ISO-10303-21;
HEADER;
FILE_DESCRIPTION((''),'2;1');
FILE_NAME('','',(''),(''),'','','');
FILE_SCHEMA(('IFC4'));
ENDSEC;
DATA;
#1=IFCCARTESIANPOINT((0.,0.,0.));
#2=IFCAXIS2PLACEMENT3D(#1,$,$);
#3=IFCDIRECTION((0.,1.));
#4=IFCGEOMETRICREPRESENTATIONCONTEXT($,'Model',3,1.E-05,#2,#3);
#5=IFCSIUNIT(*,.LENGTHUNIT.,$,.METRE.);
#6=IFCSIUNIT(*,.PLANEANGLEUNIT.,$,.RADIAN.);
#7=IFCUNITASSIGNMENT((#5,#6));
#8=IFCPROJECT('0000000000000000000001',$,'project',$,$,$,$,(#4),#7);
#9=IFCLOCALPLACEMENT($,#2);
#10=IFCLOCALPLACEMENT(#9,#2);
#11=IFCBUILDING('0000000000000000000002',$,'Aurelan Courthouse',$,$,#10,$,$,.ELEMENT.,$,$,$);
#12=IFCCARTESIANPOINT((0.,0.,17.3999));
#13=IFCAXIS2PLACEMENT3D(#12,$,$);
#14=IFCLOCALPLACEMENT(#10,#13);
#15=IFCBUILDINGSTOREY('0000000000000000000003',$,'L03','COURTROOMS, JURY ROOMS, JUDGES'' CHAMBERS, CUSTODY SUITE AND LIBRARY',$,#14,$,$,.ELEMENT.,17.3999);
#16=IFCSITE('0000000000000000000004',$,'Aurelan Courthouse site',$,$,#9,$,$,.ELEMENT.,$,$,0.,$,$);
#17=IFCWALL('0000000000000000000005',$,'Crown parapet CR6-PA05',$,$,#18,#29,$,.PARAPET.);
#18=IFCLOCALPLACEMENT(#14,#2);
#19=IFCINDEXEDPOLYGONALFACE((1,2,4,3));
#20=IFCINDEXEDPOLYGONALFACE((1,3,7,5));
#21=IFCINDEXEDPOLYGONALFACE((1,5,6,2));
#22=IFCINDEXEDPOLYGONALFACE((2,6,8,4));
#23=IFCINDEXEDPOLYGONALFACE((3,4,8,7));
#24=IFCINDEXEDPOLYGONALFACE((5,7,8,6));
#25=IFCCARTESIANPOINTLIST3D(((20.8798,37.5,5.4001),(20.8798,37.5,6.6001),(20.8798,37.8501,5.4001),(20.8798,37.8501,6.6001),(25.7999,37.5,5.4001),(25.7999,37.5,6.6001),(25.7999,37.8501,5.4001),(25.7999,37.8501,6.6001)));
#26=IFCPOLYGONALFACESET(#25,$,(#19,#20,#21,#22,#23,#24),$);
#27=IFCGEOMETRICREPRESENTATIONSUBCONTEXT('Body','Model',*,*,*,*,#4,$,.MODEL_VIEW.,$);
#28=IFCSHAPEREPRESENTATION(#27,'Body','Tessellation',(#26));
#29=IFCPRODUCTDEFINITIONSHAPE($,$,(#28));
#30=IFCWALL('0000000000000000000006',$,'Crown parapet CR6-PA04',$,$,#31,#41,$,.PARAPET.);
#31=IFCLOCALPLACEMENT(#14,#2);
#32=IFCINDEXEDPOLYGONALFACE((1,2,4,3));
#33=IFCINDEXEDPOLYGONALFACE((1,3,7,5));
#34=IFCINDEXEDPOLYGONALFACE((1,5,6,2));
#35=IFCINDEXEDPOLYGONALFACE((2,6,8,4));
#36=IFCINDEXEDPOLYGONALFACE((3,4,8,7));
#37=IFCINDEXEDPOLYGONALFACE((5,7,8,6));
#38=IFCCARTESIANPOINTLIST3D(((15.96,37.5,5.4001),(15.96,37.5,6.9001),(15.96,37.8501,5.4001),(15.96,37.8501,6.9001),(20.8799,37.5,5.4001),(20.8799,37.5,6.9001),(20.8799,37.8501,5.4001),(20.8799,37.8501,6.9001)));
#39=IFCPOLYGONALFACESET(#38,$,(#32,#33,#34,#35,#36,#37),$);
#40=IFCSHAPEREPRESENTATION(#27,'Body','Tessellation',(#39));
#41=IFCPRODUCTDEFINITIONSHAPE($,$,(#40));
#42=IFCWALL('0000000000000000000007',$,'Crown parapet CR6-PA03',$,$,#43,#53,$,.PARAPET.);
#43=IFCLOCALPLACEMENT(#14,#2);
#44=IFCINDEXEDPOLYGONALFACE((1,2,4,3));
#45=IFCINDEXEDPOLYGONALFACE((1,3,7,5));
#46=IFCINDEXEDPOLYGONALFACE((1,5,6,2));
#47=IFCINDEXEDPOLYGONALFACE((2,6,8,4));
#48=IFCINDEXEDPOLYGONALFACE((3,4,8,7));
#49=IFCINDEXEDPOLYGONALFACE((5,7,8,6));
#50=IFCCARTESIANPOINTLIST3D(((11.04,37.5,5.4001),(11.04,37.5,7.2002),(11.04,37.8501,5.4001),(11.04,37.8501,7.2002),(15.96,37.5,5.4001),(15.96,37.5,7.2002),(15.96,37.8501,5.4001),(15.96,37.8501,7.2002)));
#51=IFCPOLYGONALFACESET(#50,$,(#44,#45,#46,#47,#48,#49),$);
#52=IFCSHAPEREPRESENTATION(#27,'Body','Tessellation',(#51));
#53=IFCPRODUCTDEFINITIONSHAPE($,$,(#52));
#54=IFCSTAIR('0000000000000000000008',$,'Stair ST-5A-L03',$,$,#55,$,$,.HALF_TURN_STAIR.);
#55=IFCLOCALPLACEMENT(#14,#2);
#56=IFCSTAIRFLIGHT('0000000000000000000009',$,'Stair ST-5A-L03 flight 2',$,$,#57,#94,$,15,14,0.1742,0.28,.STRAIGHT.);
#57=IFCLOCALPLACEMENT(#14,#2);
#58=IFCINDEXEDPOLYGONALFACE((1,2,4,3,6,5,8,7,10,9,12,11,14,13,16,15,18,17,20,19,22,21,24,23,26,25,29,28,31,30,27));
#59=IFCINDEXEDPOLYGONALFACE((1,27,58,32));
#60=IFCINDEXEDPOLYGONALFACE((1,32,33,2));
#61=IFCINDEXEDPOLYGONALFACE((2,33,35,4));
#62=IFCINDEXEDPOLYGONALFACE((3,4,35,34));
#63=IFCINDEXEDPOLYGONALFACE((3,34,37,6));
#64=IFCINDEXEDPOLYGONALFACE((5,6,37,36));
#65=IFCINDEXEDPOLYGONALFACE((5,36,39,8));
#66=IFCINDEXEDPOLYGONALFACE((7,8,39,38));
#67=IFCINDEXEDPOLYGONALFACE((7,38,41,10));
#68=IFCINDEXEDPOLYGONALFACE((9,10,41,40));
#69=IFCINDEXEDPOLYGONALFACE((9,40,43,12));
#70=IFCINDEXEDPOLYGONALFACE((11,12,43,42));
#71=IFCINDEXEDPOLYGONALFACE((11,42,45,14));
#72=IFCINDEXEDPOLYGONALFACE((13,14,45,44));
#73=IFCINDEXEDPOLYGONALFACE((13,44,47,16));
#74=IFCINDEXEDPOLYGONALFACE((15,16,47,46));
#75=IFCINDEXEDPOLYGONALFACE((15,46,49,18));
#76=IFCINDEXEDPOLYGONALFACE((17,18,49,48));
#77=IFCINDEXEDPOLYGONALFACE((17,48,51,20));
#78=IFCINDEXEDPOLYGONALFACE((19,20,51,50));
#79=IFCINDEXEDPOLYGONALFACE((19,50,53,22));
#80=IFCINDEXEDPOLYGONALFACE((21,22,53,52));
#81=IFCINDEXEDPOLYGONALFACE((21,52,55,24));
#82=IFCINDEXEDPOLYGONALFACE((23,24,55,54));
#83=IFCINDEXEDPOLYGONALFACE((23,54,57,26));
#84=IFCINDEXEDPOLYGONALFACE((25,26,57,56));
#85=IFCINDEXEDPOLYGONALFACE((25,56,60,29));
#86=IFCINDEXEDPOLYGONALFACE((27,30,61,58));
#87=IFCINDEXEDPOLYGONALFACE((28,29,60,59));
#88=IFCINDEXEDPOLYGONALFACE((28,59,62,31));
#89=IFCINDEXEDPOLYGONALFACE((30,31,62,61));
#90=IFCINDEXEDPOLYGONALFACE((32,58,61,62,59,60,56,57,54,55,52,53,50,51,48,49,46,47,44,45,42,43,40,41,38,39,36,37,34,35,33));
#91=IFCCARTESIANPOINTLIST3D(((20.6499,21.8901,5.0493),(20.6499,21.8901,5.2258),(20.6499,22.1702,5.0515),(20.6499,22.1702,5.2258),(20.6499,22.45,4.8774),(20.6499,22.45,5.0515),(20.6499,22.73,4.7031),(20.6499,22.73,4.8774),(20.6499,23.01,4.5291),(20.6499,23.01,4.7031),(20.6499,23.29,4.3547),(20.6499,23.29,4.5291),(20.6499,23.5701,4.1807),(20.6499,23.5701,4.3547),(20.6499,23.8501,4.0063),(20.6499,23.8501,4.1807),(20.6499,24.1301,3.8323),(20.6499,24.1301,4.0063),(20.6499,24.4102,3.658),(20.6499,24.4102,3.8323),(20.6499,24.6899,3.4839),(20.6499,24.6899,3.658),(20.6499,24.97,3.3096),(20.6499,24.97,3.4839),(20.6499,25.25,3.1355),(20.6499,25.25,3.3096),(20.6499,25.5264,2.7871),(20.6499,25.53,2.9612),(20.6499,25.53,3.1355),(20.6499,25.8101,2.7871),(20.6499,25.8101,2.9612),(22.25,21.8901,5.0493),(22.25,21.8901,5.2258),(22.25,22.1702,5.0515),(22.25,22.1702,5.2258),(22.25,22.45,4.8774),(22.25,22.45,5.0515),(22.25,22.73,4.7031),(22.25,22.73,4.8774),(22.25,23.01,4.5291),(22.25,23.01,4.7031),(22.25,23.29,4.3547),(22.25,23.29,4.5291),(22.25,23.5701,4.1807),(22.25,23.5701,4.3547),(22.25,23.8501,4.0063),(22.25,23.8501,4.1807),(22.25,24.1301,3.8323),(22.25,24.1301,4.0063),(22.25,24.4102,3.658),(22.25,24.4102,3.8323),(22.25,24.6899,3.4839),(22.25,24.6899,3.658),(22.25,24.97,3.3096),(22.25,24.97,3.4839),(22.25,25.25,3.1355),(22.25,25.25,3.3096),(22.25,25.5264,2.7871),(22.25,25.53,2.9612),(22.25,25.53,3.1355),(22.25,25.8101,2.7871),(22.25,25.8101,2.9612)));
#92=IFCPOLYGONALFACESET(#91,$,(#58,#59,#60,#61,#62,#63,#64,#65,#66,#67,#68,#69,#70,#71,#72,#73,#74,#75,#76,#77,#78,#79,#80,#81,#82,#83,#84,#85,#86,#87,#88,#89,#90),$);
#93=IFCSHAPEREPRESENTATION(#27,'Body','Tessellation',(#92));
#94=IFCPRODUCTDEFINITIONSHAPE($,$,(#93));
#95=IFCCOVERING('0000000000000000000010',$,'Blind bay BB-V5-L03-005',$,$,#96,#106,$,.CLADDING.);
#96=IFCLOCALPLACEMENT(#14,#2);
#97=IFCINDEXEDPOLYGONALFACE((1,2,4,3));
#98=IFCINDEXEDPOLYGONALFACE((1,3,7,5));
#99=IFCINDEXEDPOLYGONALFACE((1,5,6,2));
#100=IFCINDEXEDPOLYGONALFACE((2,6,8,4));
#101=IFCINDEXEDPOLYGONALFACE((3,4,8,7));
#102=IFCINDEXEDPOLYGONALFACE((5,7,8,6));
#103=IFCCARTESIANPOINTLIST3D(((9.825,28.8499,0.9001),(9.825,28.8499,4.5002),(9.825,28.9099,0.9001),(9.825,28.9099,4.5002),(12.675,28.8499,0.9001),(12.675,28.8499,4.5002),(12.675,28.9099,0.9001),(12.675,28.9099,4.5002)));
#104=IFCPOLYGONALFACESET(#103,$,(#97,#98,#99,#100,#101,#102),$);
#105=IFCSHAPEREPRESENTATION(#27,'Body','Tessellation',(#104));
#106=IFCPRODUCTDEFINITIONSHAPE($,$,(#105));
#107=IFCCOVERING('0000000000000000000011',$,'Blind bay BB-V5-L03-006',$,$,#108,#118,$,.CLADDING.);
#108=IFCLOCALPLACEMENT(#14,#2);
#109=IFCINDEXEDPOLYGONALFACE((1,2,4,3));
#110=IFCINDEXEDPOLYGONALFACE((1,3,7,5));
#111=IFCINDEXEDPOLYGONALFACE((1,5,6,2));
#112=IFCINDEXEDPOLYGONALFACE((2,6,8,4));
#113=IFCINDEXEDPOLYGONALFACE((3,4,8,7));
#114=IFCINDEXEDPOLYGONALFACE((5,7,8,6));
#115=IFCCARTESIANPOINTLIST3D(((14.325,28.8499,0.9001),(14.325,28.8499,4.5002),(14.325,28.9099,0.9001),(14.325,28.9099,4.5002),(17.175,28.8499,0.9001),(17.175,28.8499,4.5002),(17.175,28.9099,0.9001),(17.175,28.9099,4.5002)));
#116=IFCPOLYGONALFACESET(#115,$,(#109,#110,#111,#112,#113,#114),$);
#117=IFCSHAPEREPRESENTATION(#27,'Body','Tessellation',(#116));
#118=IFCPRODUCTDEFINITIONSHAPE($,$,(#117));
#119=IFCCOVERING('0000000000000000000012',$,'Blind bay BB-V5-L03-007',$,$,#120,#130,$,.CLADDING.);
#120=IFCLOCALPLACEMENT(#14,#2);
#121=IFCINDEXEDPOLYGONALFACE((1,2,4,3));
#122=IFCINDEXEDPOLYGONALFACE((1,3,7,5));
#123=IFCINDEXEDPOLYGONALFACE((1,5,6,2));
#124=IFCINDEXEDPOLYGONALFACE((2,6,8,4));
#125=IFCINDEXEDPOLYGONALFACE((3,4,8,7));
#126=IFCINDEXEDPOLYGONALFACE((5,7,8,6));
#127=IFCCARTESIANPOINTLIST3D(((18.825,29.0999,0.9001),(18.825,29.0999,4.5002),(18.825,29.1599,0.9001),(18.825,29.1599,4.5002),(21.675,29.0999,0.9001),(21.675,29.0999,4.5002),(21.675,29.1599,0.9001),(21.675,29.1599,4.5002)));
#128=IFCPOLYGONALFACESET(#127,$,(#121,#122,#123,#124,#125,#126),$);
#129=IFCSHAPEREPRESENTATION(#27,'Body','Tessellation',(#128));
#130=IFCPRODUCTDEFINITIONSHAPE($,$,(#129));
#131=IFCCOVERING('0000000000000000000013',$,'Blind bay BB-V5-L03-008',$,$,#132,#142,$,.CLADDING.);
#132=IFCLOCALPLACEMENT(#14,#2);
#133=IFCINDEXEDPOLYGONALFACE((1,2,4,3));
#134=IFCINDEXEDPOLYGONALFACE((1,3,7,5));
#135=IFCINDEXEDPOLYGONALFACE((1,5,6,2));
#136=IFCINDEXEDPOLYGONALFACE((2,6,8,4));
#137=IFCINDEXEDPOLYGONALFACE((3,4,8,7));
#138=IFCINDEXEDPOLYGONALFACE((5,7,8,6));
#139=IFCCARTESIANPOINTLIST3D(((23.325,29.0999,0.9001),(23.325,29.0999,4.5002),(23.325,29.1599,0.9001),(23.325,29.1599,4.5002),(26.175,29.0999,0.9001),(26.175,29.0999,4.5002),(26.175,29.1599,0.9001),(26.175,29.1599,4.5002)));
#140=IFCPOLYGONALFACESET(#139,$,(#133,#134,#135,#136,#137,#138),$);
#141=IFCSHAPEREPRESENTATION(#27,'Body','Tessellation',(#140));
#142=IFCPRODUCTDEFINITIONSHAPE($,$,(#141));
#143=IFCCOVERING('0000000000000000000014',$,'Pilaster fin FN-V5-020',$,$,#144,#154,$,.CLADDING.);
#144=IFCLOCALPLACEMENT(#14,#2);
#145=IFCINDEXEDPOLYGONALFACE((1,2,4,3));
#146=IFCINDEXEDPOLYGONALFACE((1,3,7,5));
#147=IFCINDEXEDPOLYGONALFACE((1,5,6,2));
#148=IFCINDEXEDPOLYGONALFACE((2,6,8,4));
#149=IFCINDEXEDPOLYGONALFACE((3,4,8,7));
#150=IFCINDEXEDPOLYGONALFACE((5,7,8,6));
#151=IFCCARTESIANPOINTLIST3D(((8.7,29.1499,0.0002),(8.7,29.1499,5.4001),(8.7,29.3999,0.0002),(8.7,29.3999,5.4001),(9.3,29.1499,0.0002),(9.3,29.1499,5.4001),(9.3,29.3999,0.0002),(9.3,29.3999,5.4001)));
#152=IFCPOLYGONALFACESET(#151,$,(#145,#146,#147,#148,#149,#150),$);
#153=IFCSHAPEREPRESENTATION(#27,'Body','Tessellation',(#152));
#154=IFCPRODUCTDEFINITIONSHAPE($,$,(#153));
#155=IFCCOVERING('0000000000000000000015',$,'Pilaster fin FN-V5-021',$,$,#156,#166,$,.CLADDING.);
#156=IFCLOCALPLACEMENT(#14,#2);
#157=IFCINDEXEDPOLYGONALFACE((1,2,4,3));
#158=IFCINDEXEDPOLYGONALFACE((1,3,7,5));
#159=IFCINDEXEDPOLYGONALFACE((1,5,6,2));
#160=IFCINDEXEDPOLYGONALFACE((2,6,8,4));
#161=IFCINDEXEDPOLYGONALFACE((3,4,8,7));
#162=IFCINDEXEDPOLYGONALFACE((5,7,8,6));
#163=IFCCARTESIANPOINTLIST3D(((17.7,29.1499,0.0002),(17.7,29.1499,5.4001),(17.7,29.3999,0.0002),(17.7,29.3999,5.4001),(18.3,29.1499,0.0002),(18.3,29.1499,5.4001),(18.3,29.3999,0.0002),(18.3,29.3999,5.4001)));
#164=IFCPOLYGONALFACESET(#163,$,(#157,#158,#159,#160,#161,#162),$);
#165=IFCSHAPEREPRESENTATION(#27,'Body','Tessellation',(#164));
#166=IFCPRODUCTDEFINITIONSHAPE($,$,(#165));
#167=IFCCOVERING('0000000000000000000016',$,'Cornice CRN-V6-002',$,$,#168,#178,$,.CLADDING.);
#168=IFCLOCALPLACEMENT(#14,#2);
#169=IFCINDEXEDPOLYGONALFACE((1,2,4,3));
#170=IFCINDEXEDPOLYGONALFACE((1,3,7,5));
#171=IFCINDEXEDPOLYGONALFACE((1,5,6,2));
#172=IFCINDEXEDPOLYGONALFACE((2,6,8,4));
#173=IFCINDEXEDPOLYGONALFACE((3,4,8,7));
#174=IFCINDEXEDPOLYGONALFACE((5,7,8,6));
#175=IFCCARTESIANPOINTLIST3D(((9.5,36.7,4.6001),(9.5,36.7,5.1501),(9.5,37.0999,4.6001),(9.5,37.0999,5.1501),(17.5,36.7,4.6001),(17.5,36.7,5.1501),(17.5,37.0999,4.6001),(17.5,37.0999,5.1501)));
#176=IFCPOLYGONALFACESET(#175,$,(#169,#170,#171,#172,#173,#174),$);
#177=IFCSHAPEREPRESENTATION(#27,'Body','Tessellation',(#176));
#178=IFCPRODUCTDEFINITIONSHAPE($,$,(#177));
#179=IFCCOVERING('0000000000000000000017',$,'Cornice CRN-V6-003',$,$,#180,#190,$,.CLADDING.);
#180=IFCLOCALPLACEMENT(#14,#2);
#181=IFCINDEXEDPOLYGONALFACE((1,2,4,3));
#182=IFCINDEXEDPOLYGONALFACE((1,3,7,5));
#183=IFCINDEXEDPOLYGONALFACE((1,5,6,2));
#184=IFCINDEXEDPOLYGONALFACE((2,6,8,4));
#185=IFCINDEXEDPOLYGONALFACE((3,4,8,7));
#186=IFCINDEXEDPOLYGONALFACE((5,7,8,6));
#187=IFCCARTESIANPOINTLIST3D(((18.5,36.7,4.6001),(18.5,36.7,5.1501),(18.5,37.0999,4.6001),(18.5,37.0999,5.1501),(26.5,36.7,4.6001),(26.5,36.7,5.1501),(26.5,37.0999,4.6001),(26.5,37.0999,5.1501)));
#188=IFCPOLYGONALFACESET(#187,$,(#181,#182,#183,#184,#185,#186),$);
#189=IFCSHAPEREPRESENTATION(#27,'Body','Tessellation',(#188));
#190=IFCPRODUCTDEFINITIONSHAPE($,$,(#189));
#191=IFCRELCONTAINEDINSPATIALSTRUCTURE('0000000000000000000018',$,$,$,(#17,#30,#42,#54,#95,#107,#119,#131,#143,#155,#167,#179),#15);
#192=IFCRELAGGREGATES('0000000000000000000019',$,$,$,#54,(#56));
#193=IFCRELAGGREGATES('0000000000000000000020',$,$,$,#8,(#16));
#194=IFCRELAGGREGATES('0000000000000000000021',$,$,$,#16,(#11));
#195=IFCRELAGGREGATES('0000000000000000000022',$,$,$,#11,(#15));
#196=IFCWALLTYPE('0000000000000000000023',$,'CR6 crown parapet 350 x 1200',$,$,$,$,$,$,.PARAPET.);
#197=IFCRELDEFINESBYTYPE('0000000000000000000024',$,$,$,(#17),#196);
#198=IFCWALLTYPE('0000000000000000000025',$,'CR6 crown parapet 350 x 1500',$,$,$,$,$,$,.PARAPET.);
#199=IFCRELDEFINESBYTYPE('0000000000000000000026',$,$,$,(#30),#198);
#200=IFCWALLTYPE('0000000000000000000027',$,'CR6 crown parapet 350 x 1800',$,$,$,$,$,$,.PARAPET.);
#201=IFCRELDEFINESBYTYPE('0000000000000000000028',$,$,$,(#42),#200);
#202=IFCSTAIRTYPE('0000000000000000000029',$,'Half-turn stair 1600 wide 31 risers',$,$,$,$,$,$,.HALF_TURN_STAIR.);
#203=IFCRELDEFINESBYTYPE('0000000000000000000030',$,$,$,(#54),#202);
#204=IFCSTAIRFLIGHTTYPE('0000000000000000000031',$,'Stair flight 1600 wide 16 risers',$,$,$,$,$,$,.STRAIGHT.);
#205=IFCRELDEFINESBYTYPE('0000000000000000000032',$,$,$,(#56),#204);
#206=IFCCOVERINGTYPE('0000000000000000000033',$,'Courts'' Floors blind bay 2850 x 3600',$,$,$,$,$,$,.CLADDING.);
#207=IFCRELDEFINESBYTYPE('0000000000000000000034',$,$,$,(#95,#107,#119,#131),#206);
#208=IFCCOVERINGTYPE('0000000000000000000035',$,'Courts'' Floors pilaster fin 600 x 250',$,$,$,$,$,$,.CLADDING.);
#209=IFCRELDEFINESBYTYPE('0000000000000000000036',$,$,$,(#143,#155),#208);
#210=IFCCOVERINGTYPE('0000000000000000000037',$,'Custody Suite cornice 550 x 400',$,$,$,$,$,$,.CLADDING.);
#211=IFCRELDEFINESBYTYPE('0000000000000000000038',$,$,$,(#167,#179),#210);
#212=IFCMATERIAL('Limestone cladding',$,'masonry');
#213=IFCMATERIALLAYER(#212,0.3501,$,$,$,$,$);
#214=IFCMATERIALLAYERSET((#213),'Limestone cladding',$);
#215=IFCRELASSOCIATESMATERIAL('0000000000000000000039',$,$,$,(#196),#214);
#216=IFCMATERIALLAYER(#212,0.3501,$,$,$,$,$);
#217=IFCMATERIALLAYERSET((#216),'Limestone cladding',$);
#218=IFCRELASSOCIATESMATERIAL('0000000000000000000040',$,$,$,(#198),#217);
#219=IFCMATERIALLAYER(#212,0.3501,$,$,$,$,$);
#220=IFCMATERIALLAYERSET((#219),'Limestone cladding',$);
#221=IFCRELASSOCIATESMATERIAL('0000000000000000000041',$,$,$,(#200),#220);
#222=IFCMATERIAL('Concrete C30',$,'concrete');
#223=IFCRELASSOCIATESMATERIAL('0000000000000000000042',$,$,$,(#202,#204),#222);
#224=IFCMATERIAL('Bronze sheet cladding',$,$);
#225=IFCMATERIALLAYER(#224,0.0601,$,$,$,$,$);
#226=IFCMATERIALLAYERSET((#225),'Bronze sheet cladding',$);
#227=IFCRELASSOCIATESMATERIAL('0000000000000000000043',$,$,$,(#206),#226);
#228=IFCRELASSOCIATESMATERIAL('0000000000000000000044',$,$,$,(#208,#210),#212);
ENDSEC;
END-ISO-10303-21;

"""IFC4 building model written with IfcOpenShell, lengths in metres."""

from ifc_helpers import new_model, si_unit, direction, frame, frame_2d, origin, origin_2d, place, context, subcontext, project, spatial, polyline, rectangle, outline, extrude, material, layer, layer_set, type_object, element, aggregate, save


model = new_model("IFC4")

# Units and contexts
model_context = context("Model", 3, precision=1e-05, world=origin(), true_north=direction((0.0, 1.0)))
body_context = subcontext(model_context, "Body", "Model", "MODEL_VIEW")
ifc_project = project(units=[si_unit("LENGTHUNIT", "METRE"), si_unit("PLANEANGLEUNIT", "RADIAN")], contexts=[model_context])

# Site, building, storey
site_placement = place(None, origin())
site = spatial("IfcSite", under=ifc_project, at=site_placement, Name="Aurelan Courthouse site", CompositionType="ELEMENT", RefElevation=0.0)
building_placement = place(site_placement, origin())
building = spatial("IfcBuilding", under=site, at=building_placement, Name="Aurelan Courthouse", CompositionType="ELEMENT")
storey_placement = place(building_placement, frame((0.0, 0.0, 17.3999)))
storey = spatial("IfcBuildingStorey", under=building, at=storey_placement, Name="L03", Description="COURTROOMS, JURY ROOMS, JUDGES' CHAMBERS, CUSTODY SUITE AND LIBRARY", CompositionType="ELEMENT", Elevation=17.3999)

# Walls
ifc_material_1 = material(Name="Limestone cladding", Category="masonry")
ifc_layer_1 = layer(ifc_material_1, 0.3501)
ifc_layer_set_1 = layer_set([ifc_layer_1], Name="Limestone cladding")
wall_type_1 = type_object("IfcWallType", Name="CR6 crown parapet 350 x 1200", PredefinedType="PARAPET", material=ifc_layer_set_1)
wall_1_placement = place(storey_placement, frame((20.8799, 37.675, 5.4001), z_axis=(0.0, 0.0, 1.0), x_axis=(1.0, 0.0, 0.0)))
element("IfcWall", 1, at=wall_1_placement, inside=storey, type_object=wall_type_1, Name="Crown parapet CR6-PA05", PredefinedType="PARAPET", context=body_context, shape_type="SweptSolid", body=[
    extrude(rectangle(XDim=4.9202, YDim=0.3501, at=frame_2d((2.46, 0.0))), origin(), (0.0, 0.0, 1.0), 1.2),
])
ifc_layer_2 = layer(ifc_material_1, 0.3501)
ifc_layer_set_2 = layer_set([ifc_layer_2], Name="Limestone cladding")
wall_type_2 = type_object("IfcWallType", Name="CR6 crown parapet 350 x 1500", PredefinedType="PARAPET", material=ifc_layer_set_2)
wall_2_placement = place(storey_placement, frame((15.96, 37.675, 5.4001), z_axis=(0.0, 0.0, 1.0), x_axis=(1.0, 0.0, 0.0)))
element("IfcWall", 2, at=wall_2_placement, inside=storey, type_object=wall_type_2, Name="Crown parapet CR6-PA04", PredefinedType="PARAPET", context=body_context, shape_type="SweptSolid", body=[
    extrude(rectangle(XDim=4.9199, YDim=0.3501, at=frame_2d((2.46, 0.0))), origin(), (0.0, 0.0, 1.0), 1.5),
])
ifc_layer_3 = layer(ifc_material_1, 0.3501)
ifc_layer_set_3 = layer_set([ifc_layer_3], Name="Limestone cladding")
wall_type_3 = type_object("IfcWallType", Name="CR6 crown parapet 350 x 1800", PredefinedType="PARAPET", material=ifc_layer_set_3)
wall_3_placement = place(storey_placement, frame((11.04, 37.675, 5.4001), z_axis=(0.0, 0.0, 1.0), x_axis=(1.0, 0.0, 0.0)))
element("IfcWall", 3, at=wall_3_placement, inside=storey, type_object=wall_type_3, Name="Crown parapet CR6-PA03", PredefinedType="PARAPET", context=body_context, shape_type="SweptSolid", body=[
    extrude(rectangle(XDim=4.9199, YDim=0.3501, at=frame_2d((2.46, 0.0))), origin(), (0.0, 0.0, 1.0), 1.8),
])

# Stair, stair flight
ifc_material_2 = material(Name="Concrete C30", Category="concrete")
stair_type = type_object("IfcStairType", Name="Half-turn stair 1600 wide 31 risers", PredefinedType="HALF_TURN_STAIR", material=ifc_material_2)
stair_placement = place(storey_placement, origin())
stair = element("IfcStair", 4, at=stair_placement, inside=storey, type_object=stair_type, Name="Stair ST-5A-L03", PredefinedType="HALF_TURN_STAIR")
stair_flight_type = type_object("IfcStairFlightType", Name="Stair flight 1600 wide 16 risers", PredefinedType="STRAIGHT", material=ifc_material_2)
stair_flight_placement = place(storey_placement, frame((21.45, 25.8101, 2.7871), z_axis=(0.0, 0.0, 1.0), x_axis=(0.0, -1.0, 0.0)))
stair_flight = element("IfcStairFlight", 5, at=stair_flight_placement, type_object=stair_flight_type, Name="Stair ST-5A-L03 flight 2", NumberOfRisers=15, NumberOfTreads=14, PredefinedType="STRAIGHT", RiserHeight=0.1742, TreadLength=0.28, context=body_context, shape_type="SweptSolid", body=[
    extrude(outline(polyline([(0.0, 0.0), (0.0, 0.1741), (0.28, 0.1741), (0.28, 0.3484), (0.5601, 0.3484), (0.5601, 0.5225), (0.8401, 0.5225), (0.8401, 0.6968), (1.1201, 0.6968), (1.1201, 0.8708), (1.3999, 0.8708), (1.3999, 1.0452), (1.6799, 1.0452), (1.6799, 1.2192), (1.96, 1.2192), (1.96, 1.3936), (2.24, 1.3936), (2.24, 1.5676), (2.52, 1.5676), (2.52, 1.7419), (2.8, 1.7419), (2.8, 1.916), (3.0801, 1.916), (3.0801, 2.0903), (3.3601, 2.0903), (3.3601, 2.2644), (3.6399, 2.2644), (3.6399, 2.4387), (3.9199, 2.4387), (3.9199, 2.6128), (3.9199, 2.2622), (0.2837, 0.0), (0.0, 0.0)])), frame((0.0, 0.8, 0.0), z_axis=(0.0, -1.0, 0.0), x_axis=(1.0, 0.0, 0.0)), (0.0, 0.0, 1.0), 1.6001),
])
aggregate(stair, [stair_flight])

# Coverings
ifc_material_3 = material(Name="Bronze sheet cladding")
ifc_layer_4 = layer(ifc_material_3, 0.0601)
ifc_layer_set_4 = layer_set([ifc_layer_4], Name="Bronze sheet cladding")
covering_type_1 = type_object("IfcCoveringType", Name="Courts' Floors blind bay 2850 x 3600", PredefinedType="CLADDING", material=ifc_layer_set_4)
for number, where, z_axis, x_axis, name in (
    (6, (11.25, 28.8799, 0.9001), (0.0, 0.0, 1.0), (1.0, 0.0, 0.0), "Blind bay BB-V5-L03-005"),
    (7, (15.75, 28.8799, 0.9001), (0.0, 0.0, 1.0), (1.0, 0.0, 0.0), "Blind bay BB-V5-L03-006"),
    (8, (20.25, 29.1299, 0.9001), (0.0, 0.0, 1.0), (1.0, 0.0, 0.0), "Blind bay BB-V5-L03-007"),
    (9, (24.75, 29.1299, 0.9001), (0.0, 0.0, 1.0), (1.0, 0.0, 0.0), "Blind bay BB-V5-L03-008"),
):
    element("IfcCovering", number, at=place(storey_placement, frame(where, z_axis=z_axis, x_axis=x_axis)), inside=storey, type_object=covering_type_1, Name=name, PredefinedType="CLADDING", context=body_context, shape_type="SweptSolid", body=[
        extrude(rectangle(XDim=2.8501, YDim=0.0601, at=origin_2d()), origin(), (0.0, 0.0, 1.0), 3.6001),
    ])
covering_type_2 = type_object("IfcCoveringType", Name="Courts' Floors pilaster fin 600 x 250", PredefinedType="CLADDING", material=ifc_material_1)
for number, where, z_axis, x_axis, name in (
    (10, (9.0, 29.2749, 0.0002), (0.0, 0.0, 1.0), (1.0, 0.0, 0.0), "Pilaster fin FN-V5-020"),
    (11, (18.0, 29.2749, 0.0002), (0.0, 0.0, 1.0), (1.0, 0.0, 0.0), "Pilaster fin FN-V5-021"),
):
    element("IfcCovering", number, at=place(storey_placement, frame(where, z_axis=z_axis, x_axis=x_axis)), inside=storey, type_object=covering_type_2, Name=name, PredefinedType="CLADDING", context=body_context, shape_type="SweptSolid", body=[
        extrude(rectangle(XDim=0.6001, YDim=0.25, at=origin_2d()), origin(), (0.0, 0.0, 1.0), 5.3999),
    ])
covering_type_3 = type_object("IfcCoveringType", Name="Custody Suite cornice 550 x 400", PredefinedType="CLADDING", material=ifc_material_1)
for number, where, z_axis, x_axis, name in (
    (12, (13.5, 36.8999, 4.6001), (0.0, 0.0, 1.0), (1.0, 0.0, 0.0), "Cornice CRN-V6-002"),
    (13, (22.5, 36.8999, 4.6001), (0.0, 0.0, 1.0), (1.0, 0.0, 0.0), "Cornice CRN-V6-003"),
):
    element("IfcCovering", number, at=place(storey_placement, frame(where, z_axis=z_axis, x_axis=x_axis)), inside=storey, type_object=covering_type_3, Name=name, PredefinedType="CLADDING", context=body_context, shape_type="SweptSolid", body=[
        extrude(rectangle(XDim=8.0, YDim=0.3999, at=origin_2d()), origin(), (0.0, 0.0, 1.0), 0.55),
    ])

save(model, "model.ifc")
